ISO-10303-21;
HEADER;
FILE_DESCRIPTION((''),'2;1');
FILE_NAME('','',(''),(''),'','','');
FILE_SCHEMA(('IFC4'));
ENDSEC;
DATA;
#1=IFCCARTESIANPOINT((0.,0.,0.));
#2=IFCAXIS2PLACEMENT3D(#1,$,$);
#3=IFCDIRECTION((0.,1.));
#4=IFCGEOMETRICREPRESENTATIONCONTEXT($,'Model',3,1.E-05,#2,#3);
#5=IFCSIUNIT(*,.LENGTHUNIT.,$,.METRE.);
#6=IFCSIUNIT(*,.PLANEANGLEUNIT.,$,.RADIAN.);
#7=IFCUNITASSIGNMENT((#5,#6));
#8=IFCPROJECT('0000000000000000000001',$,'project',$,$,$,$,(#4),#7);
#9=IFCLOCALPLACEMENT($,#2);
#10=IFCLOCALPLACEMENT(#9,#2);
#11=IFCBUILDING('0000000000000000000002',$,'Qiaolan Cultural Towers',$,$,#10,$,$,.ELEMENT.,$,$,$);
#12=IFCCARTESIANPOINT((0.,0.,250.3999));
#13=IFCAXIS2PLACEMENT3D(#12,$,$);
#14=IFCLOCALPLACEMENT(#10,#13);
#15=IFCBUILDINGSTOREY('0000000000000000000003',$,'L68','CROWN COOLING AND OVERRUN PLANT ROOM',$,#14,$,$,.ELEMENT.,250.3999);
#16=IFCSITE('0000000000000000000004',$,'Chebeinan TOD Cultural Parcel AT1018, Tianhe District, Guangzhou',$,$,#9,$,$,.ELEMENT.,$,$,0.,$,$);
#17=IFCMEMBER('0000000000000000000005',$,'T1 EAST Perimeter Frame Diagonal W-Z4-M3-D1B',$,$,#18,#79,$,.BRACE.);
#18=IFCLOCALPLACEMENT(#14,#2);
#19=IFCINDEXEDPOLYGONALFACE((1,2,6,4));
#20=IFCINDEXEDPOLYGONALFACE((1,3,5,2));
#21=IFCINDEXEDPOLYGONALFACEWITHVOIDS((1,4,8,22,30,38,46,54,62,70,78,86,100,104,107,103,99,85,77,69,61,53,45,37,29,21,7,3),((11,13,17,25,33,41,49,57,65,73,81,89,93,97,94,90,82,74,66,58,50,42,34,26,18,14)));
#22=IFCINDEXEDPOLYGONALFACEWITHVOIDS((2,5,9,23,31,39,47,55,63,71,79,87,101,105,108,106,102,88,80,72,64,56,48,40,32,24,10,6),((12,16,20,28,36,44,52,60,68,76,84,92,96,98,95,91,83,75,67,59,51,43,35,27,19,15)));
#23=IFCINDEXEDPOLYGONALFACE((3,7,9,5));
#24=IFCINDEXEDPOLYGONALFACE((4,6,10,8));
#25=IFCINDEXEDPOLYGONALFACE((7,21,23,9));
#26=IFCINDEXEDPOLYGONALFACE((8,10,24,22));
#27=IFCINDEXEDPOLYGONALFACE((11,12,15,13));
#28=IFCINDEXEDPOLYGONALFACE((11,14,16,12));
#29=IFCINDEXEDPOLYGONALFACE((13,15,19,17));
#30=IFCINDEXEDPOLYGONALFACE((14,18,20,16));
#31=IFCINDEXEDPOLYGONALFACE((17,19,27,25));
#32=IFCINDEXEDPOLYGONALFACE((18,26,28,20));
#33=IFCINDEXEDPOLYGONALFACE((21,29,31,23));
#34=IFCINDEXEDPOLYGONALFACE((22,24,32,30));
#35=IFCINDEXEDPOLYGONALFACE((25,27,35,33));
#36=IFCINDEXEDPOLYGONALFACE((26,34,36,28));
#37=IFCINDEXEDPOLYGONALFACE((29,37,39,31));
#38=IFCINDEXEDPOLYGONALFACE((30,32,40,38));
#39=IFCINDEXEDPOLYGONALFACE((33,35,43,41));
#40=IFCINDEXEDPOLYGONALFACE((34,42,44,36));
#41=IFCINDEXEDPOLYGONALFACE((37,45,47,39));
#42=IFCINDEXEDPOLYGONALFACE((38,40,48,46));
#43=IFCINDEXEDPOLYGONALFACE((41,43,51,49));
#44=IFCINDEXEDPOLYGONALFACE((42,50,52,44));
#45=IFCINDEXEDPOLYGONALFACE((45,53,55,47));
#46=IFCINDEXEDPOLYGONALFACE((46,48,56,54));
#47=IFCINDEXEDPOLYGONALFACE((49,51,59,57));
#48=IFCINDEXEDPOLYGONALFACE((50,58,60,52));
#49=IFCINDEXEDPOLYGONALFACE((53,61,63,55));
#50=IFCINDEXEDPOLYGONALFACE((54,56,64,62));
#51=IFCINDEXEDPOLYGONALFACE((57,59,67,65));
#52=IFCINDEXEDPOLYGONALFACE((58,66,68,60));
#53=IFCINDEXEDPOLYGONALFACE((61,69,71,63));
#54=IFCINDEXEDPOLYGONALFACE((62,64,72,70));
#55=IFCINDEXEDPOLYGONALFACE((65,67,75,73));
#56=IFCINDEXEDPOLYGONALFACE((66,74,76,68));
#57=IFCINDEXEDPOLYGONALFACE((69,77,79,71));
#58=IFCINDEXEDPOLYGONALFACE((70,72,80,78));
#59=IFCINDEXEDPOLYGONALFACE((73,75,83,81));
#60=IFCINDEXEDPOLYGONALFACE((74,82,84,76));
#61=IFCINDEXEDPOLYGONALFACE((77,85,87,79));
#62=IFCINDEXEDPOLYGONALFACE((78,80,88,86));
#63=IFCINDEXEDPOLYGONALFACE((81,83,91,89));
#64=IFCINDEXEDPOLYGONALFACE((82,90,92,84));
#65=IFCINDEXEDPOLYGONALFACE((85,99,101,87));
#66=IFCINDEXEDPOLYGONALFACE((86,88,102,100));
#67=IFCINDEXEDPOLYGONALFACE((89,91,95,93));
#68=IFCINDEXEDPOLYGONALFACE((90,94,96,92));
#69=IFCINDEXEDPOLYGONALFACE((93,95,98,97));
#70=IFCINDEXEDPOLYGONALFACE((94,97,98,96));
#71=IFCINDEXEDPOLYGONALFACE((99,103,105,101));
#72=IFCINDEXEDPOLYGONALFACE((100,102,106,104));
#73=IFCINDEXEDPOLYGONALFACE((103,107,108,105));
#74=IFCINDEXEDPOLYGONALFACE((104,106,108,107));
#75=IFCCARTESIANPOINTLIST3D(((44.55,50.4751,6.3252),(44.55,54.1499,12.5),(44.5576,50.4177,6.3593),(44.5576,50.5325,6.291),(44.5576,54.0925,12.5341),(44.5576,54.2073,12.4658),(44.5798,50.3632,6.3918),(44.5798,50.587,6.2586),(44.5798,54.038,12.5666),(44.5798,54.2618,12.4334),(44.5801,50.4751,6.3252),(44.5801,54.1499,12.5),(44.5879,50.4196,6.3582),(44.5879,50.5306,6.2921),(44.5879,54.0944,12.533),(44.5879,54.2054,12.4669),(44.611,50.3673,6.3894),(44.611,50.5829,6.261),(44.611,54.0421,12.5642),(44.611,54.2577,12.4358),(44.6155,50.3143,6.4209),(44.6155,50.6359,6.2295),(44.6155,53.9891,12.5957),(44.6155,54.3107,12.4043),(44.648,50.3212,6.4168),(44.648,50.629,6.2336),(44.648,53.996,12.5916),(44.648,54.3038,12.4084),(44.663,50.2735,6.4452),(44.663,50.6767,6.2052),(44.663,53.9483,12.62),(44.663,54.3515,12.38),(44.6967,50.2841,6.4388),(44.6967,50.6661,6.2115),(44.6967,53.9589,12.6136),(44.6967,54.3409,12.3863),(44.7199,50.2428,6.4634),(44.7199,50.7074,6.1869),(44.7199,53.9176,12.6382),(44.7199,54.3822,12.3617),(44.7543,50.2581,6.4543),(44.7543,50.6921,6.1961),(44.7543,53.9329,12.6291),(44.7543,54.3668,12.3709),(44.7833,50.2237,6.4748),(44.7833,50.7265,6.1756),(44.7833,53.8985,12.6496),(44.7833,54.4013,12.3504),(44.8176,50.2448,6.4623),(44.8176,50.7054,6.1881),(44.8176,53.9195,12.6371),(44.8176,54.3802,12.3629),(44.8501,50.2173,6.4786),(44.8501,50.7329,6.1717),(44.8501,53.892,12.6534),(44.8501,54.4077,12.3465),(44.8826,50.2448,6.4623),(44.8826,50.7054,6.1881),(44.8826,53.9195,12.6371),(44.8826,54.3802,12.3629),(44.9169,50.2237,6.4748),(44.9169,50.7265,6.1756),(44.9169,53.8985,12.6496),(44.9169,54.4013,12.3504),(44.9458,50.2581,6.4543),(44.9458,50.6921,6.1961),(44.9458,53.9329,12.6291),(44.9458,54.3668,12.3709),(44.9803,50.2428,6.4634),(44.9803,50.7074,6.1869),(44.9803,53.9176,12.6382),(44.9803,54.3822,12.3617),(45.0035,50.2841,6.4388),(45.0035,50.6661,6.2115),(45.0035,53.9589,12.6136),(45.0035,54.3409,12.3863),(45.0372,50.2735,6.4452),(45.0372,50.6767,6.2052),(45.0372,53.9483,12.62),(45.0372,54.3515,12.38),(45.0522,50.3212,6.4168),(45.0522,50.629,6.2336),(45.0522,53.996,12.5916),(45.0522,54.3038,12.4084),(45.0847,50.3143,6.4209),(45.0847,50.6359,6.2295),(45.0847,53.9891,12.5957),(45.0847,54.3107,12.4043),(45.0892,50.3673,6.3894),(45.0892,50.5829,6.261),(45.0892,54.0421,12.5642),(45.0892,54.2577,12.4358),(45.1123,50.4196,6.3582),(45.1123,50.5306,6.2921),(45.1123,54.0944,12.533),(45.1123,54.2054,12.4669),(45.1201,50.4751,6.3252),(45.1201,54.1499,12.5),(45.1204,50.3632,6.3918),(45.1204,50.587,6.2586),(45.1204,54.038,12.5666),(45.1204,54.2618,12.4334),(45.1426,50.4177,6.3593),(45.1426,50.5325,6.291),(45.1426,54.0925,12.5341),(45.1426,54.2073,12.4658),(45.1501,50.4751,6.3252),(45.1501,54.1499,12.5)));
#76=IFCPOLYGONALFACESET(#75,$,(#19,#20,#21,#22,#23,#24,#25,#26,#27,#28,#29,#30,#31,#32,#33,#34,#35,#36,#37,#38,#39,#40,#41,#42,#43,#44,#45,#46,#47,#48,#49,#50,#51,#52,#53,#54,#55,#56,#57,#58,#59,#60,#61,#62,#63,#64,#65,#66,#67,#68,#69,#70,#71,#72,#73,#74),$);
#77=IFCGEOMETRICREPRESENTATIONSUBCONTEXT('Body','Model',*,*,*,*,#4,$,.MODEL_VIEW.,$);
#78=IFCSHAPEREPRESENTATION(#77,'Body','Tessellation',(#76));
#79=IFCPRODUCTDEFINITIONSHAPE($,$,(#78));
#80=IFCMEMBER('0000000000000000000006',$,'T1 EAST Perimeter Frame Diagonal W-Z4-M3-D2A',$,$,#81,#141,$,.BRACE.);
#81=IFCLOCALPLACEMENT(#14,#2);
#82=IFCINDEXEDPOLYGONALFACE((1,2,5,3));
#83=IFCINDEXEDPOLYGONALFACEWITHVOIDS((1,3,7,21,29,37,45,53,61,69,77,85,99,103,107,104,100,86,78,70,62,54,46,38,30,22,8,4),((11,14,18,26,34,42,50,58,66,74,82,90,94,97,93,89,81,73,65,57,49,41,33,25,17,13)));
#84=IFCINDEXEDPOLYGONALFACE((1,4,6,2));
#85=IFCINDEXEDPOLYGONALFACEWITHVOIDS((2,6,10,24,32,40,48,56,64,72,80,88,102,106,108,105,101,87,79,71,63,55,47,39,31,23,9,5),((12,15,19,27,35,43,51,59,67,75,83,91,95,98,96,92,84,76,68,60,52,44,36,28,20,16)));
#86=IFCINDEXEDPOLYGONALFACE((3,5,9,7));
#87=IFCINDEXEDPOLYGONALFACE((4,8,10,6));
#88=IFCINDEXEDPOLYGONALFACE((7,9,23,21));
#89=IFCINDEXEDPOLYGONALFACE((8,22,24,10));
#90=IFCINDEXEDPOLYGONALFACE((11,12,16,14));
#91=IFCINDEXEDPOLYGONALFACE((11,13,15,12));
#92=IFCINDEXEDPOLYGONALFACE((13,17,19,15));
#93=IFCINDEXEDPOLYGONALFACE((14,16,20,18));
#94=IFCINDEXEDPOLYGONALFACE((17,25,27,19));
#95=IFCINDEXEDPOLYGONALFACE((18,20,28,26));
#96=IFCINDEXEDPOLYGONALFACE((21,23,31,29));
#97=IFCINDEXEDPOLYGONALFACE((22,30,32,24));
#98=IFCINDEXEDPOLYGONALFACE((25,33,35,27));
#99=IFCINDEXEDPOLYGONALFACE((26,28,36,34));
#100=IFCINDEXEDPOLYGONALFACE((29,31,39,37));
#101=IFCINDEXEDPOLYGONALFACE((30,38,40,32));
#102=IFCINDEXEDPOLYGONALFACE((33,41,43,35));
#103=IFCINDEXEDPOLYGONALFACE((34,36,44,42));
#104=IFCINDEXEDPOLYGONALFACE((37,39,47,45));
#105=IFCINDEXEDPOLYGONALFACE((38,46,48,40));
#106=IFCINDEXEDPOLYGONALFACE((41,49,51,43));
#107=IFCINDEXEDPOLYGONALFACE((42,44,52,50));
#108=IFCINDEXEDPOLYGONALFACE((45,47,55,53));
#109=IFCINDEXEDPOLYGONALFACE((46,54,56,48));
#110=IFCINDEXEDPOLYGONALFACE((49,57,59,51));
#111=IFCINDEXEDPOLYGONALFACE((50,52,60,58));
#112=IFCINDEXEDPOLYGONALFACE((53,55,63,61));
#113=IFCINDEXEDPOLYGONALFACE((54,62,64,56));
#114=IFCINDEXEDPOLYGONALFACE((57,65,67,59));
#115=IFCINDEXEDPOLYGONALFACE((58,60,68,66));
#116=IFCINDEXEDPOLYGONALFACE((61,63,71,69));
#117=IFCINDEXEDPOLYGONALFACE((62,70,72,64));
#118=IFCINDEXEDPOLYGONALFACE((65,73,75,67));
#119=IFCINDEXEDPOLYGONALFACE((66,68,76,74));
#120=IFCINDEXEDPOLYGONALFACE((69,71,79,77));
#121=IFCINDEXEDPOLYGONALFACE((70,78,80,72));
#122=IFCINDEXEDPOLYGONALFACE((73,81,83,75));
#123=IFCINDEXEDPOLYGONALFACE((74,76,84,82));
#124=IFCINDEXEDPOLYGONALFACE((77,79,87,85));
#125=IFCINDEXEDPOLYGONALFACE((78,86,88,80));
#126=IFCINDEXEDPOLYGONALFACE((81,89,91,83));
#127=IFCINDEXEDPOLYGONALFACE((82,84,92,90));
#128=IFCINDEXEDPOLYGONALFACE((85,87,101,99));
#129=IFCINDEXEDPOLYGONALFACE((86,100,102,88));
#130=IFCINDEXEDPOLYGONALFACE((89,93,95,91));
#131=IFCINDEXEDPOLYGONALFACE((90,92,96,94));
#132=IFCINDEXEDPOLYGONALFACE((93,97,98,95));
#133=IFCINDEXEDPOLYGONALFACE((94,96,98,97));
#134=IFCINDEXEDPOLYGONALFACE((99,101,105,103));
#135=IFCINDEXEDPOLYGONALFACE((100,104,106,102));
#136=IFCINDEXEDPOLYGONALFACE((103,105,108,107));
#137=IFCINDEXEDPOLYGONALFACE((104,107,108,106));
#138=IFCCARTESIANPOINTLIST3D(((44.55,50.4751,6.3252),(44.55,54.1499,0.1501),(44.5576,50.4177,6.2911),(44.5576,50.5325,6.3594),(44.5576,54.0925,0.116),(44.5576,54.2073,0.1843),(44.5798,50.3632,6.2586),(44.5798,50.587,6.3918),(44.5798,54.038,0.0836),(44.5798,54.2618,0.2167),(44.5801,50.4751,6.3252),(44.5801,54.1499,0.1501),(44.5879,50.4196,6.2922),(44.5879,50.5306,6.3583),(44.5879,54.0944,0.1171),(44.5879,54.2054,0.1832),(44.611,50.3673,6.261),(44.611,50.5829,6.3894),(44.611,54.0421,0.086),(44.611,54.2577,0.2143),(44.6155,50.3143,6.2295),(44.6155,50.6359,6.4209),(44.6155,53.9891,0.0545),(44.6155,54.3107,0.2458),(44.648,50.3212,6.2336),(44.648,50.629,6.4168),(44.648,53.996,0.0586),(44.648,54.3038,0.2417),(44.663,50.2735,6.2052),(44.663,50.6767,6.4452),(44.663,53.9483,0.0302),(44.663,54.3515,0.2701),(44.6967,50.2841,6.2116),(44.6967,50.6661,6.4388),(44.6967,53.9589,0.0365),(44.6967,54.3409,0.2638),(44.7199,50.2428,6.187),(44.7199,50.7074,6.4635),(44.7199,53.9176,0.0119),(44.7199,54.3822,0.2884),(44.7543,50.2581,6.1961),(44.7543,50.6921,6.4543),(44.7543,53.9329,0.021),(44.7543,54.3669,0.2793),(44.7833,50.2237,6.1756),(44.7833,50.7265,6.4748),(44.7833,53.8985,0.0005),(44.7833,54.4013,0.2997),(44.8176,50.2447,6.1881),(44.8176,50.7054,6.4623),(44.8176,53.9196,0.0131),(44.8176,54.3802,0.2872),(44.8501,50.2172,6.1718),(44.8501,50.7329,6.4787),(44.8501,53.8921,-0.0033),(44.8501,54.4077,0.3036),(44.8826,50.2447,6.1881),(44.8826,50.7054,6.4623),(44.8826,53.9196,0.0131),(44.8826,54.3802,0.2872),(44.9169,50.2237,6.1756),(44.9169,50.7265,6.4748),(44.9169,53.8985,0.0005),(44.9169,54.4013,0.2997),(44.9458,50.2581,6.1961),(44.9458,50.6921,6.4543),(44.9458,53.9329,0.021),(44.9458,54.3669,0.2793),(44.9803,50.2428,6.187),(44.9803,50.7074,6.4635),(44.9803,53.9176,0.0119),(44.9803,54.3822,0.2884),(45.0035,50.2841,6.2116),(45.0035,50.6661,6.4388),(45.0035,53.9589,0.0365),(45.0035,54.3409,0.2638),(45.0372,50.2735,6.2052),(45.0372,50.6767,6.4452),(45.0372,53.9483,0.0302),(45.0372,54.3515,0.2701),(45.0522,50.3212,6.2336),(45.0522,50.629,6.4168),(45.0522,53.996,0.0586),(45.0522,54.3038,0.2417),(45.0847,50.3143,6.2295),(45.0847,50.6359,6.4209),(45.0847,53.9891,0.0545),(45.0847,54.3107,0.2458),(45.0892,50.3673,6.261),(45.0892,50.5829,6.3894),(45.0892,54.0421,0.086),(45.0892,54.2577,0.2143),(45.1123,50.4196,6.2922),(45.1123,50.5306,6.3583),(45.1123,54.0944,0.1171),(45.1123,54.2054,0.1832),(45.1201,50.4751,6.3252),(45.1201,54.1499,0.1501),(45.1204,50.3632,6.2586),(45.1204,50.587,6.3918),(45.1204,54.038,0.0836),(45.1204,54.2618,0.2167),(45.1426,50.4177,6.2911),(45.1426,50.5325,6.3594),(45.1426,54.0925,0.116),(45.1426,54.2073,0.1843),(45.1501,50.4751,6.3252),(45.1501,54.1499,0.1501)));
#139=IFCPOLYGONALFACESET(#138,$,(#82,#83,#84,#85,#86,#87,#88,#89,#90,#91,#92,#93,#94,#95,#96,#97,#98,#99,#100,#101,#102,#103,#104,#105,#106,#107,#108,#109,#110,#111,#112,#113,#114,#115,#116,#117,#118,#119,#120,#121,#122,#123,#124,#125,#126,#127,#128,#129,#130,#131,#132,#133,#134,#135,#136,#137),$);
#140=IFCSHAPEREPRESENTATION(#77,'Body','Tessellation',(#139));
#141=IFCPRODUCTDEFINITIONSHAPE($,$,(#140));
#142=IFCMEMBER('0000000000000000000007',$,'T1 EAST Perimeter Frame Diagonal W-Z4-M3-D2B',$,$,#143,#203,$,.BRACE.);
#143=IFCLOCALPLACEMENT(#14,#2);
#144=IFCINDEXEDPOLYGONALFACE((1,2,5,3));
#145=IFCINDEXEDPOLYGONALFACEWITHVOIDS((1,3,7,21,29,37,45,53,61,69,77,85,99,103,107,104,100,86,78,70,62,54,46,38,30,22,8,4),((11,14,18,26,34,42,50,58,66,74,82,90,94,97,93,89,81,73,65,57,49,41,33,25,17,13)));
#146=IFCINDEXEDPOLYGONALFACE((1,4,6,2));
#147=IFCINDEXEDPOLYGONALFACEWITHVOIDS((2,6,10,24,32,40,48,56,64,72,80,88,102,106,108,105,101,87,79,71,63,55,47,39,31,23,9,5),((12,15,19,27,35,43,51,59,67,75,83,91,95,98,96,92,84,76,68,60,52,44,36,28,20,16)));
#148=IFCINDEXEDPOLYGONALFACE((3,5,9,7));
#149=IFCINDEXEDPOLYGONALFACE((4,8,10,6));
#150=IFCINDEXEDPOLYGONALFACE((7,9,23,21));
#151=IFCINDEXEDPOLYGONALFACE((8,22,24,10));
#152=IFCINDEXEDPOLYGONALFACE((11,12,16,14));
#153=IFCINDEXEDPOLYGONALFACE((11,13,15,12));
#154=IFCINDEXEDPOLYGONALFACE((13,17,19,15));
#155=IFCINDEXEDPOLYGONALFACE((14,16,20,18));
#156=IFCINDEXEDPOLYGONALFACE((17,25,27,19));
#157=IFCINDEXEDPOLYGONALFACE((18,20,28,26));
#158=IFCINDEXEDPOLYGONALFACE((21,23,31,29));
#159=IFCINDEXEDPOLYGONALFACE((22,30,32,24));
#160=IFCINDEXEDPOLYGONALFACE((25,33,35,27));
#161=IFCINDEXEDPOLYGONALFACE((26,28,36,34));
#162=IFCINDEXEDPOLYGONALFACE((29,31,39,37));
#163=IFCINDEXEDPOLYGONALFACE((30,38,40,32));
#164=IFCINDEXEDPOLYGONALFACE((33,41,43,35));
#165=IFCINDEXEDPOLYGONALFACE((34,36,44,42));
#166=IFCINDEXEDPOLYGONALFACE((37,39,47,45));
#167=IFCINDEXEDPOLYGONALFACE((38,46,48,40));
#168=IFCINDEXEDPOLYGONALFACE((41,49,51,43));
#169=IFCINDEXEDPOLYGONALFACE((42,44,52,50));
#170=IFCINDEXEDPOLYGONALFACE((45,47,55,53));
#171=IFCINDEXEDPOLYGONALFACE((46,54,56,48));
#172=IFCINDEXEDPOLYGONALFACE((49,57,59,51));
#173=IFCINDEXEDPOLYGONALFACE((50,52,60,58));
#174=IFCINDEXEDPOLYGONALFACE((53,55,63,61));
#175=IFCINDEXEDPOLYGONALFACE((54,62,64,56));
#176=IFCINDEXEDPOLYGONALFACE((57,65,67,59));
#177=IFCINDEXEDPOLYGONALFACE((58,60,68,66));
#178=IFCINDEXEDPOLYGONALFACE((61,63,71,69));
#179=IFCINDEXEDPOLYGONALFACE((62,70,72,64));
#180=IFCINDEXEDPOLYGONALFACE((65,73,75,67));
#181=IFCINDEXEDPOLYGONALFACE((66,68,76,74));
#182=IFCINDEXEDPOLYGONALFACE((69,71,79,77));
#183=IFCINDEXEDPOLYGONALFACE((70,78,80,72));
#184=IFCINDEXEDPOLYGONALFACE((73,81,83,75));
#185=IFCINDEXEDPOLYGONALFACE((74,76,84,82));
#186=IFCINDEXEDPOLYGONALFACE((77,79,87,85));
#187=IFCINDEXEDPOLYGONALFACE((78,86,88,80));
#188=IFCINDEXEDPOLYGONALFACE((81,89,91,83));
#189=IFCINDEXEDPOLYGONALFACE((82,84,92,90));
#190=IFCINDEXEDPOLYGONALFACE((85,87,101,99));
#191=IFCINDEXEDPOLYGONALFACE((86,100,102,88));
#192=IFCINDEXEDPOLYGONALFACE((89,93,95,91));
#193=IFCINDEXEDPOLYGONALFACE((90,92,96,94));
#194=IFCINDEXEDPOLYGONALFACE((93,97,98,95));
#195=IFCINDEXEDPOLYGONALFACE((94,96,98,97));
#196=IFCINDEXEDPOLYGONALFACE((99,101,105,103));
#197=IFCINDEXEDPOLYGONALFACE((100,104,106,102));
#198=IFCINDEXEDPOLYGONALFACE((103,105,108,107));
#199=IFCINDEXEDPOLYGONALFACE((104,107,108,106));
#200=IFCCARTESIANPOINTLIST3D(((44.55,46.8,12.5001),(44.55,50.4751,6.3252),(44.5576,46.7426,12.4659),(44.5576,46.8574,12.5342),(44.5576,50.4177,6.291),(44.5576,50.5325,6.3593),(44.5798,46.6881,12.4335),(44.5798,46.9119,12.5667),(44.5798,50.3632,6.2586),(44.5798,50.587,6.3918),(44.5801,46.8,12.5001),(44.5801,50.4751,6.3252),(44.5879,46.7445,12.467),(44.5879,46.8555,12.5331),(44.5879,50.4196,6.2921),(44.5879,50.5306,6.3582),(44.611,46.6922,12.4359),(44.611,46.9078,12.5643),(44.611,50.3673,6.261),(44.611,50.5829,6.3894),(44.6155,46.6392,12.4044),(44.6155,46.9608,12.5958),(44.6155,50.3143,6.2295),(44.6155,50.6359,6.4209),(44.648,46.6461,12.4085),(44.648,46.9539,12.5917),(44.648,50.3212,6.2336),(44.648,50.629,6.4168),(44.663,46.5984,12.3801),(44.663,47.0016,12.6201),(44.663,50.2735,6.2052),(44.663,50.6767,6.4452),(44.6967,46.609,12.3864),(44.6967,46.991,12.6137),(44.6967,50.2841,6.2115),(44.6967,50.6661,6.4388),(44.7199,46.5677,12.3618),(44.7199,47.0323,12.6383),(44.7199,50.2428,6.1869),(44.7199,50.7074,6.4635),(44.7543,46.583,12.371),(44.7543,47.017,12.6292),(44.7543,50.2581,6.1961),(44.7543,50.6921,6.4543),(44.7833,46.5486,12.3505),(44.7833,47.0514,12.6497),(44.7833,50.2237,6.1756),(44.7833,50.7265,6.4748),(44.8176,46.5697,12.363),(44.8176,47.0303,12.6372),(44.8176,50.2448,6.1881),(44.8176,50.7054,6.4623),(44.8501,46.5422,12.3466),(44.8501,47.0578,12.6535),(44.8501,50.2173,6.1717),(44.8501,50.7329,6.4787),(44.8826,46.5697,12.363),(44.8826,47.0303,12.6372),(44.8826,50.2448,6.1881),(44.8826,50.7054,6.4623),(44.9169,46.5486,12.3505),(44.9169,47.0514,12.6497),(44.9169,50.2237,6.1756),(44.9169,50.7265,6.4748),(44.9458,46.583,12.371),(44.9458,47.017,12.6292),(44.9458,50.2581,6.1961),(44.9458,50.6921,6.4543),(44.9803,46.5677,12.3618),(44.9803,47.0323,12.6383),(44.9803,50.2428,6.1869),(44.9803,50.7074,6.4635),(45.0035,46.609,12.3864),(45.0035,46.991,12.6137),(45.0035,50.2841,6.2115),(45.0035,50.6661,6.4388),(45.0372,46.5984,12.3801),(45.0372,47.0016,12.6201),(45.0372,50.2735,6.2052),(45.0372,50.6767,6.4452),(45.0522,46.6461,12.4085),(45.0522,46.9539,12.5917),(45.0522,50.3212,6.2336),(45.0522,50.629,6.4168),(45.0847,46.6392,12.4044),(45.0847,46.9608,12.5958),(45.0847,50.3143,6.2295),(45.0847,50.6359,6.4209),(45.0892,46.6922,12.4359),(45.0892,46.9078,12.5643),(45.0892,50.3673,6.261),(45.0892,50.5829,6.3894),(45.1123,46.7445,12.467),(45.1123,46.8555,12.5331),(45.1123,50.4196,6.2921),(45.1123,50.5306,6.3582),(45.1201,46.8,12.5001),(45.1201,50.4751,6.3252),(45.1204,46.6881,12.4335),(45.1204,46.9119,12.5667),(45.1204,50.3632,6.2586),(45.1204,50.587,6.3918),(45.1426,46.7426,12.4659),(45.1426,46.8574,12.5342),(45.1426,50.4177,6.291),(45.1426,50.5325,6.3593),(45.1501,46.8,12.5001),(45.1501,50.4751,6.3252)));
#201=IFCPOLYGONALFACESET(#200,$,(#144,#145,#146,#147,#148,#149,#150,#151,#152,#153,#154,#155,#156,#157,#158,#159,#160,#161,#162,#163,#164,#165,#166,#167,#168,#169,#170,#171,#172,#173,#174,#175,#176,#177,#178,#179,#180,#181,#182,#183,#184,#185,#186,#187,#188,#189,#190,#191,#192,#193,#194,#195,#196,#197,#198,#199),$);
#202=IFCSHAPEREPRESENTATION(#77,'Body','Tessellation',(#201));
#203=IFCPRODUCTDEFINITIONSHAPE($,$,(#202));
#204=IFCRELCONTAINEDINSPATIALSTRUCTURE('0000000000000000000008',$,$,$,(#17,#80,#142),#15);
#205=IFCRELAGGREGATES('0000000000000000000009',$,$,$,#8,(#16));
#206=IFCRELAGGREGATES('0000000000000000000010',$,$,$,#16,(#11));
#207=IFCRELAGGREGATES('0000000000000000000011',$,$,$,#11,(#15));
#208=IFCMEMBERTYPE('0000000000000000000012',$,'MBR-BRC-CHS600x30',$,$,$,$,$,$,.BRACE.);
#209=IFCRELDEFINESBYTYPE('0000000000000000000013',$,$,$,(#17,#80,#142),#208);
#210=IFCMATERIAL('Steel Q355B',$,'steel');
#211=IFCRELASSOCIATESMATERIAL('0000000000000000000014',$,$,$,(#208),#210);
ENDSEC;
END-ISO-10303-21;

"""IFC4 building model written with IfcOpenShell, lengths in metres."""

from ifc_helpers import new_model, si_unit, direction, frame, origin, origin_2d, place, context, subcontext, project, spatial, hollow_circle, extrude, material, material_profile, profile_set, type_object, element, save


model = new_model("IFC4")

# Units and contexts
model_context = context("Model", 3, precision=1e-05, world=origin(), true_north=direction((0.0, 1.0)))
body_context = subcontext(model_context, "Body", "Model", "MODEL_VIEW")
ifc_project = project(units=[si_unit("LENGTHUNIT", "METRE"), si_unit("PLANEANGLEUNIT", "RADIAN")], contexts=[model_context])

# Site, building, storey
site_placement = place(None, origin())
site = spatial("IfcSite", under=ifc_project, at=site_placement, Name="Chebeinan TOD Cultural Parcel AT1018, Tianhe District, Guangzhou", CompositionType="ELEMENT", RefElevation=0.0)
building_placement = place(site_placement, origin())
building = spatial("IfcBuilding", under=site, at=building_placement, Name="Qiaolan Cultural Towers", CompositionType="ELEMENT")
storey_placement = place(building_placement, frame((0.0, 0.0, 250.3999)))
storey = spatial("IfcBuildingStorey", under=building, at=storey_placement, Name="L68", Description="CROWN COOLING AND OVERRUN PLANT ROOM", CompositionType="ELEMENT", Elevation=250.3999)

# Members
ifc_material_1 = material(Name="Steel Q355B", Category="steel")
ifc_material_profile_1 = material_profile(ifc_material_1, hollow_circle(Radius=0.3, WallThickness=0.03, at=origin_2d()), Name="CHS600x30")
ifc_profile_set_1 = profile_set([ifc_material_profile_1], Name="Steel Q355B")
member_type = type_object("IfcMemberType", Name="MBR-BRC-CHS600x30", PredefinedType="BRACE", material=ifc_profile_set_1)
member_1_placement = place(storey_placement, frame((44.8501, 50.4751, 6.3252), z_axis=(0.0, 0.511415, 0.859334), x_axis=(-1.0, 0.0, 0.0)))
element("IfcMember", 1, at=member_1_placement, inside=storey, type_object=member_type, Name="T1 EAST Perimeter Frame Diagonal W-Z4-M3-D1B", PredefinedType="BRACE", context=body_context, shape_type="SweptSolid", body=[
    extrude(hollow_circle(Radius=0.3, WallThickness=0.03, at=origin_2d()), origin(), (0.0, 0.0, 1.0), 7.1855),
])
for number, where, z_axis, x_axis, name in (
    (2, (44.8501, 54.1499, 0.1501), (0.0, -0.5114, 0.859343), (1.0, 0.0, 0.0), "T1 EAST Perimeter Frame Diagonal W-Z4-M3-D2A"),
    (3, (44.8501, 50.4751, 6.3252), (0.0, -0.51144, 0.859319), (1.0, 0.0, 0.0), "T1 EAST Perimeter Frame Diagonal W-Z4-M3-D2B"),
):
    element("IfcMember", number, at=place(storey_placement, frame(where, z_axis=z_axis, x_axis=x_axis)), inside=storey, type_object=member_type, Name=name, PredefinedType="BRACE", context=body_context, shape_type="SweptSolid", body=[
        extrude(hollow_circle(Radius=0.3, WallThickness=0.03, at=origin_2d()), origin(), (0.0, 0.0, 1.0), 7.1858),
    ])

save(model, "model.ifc")
